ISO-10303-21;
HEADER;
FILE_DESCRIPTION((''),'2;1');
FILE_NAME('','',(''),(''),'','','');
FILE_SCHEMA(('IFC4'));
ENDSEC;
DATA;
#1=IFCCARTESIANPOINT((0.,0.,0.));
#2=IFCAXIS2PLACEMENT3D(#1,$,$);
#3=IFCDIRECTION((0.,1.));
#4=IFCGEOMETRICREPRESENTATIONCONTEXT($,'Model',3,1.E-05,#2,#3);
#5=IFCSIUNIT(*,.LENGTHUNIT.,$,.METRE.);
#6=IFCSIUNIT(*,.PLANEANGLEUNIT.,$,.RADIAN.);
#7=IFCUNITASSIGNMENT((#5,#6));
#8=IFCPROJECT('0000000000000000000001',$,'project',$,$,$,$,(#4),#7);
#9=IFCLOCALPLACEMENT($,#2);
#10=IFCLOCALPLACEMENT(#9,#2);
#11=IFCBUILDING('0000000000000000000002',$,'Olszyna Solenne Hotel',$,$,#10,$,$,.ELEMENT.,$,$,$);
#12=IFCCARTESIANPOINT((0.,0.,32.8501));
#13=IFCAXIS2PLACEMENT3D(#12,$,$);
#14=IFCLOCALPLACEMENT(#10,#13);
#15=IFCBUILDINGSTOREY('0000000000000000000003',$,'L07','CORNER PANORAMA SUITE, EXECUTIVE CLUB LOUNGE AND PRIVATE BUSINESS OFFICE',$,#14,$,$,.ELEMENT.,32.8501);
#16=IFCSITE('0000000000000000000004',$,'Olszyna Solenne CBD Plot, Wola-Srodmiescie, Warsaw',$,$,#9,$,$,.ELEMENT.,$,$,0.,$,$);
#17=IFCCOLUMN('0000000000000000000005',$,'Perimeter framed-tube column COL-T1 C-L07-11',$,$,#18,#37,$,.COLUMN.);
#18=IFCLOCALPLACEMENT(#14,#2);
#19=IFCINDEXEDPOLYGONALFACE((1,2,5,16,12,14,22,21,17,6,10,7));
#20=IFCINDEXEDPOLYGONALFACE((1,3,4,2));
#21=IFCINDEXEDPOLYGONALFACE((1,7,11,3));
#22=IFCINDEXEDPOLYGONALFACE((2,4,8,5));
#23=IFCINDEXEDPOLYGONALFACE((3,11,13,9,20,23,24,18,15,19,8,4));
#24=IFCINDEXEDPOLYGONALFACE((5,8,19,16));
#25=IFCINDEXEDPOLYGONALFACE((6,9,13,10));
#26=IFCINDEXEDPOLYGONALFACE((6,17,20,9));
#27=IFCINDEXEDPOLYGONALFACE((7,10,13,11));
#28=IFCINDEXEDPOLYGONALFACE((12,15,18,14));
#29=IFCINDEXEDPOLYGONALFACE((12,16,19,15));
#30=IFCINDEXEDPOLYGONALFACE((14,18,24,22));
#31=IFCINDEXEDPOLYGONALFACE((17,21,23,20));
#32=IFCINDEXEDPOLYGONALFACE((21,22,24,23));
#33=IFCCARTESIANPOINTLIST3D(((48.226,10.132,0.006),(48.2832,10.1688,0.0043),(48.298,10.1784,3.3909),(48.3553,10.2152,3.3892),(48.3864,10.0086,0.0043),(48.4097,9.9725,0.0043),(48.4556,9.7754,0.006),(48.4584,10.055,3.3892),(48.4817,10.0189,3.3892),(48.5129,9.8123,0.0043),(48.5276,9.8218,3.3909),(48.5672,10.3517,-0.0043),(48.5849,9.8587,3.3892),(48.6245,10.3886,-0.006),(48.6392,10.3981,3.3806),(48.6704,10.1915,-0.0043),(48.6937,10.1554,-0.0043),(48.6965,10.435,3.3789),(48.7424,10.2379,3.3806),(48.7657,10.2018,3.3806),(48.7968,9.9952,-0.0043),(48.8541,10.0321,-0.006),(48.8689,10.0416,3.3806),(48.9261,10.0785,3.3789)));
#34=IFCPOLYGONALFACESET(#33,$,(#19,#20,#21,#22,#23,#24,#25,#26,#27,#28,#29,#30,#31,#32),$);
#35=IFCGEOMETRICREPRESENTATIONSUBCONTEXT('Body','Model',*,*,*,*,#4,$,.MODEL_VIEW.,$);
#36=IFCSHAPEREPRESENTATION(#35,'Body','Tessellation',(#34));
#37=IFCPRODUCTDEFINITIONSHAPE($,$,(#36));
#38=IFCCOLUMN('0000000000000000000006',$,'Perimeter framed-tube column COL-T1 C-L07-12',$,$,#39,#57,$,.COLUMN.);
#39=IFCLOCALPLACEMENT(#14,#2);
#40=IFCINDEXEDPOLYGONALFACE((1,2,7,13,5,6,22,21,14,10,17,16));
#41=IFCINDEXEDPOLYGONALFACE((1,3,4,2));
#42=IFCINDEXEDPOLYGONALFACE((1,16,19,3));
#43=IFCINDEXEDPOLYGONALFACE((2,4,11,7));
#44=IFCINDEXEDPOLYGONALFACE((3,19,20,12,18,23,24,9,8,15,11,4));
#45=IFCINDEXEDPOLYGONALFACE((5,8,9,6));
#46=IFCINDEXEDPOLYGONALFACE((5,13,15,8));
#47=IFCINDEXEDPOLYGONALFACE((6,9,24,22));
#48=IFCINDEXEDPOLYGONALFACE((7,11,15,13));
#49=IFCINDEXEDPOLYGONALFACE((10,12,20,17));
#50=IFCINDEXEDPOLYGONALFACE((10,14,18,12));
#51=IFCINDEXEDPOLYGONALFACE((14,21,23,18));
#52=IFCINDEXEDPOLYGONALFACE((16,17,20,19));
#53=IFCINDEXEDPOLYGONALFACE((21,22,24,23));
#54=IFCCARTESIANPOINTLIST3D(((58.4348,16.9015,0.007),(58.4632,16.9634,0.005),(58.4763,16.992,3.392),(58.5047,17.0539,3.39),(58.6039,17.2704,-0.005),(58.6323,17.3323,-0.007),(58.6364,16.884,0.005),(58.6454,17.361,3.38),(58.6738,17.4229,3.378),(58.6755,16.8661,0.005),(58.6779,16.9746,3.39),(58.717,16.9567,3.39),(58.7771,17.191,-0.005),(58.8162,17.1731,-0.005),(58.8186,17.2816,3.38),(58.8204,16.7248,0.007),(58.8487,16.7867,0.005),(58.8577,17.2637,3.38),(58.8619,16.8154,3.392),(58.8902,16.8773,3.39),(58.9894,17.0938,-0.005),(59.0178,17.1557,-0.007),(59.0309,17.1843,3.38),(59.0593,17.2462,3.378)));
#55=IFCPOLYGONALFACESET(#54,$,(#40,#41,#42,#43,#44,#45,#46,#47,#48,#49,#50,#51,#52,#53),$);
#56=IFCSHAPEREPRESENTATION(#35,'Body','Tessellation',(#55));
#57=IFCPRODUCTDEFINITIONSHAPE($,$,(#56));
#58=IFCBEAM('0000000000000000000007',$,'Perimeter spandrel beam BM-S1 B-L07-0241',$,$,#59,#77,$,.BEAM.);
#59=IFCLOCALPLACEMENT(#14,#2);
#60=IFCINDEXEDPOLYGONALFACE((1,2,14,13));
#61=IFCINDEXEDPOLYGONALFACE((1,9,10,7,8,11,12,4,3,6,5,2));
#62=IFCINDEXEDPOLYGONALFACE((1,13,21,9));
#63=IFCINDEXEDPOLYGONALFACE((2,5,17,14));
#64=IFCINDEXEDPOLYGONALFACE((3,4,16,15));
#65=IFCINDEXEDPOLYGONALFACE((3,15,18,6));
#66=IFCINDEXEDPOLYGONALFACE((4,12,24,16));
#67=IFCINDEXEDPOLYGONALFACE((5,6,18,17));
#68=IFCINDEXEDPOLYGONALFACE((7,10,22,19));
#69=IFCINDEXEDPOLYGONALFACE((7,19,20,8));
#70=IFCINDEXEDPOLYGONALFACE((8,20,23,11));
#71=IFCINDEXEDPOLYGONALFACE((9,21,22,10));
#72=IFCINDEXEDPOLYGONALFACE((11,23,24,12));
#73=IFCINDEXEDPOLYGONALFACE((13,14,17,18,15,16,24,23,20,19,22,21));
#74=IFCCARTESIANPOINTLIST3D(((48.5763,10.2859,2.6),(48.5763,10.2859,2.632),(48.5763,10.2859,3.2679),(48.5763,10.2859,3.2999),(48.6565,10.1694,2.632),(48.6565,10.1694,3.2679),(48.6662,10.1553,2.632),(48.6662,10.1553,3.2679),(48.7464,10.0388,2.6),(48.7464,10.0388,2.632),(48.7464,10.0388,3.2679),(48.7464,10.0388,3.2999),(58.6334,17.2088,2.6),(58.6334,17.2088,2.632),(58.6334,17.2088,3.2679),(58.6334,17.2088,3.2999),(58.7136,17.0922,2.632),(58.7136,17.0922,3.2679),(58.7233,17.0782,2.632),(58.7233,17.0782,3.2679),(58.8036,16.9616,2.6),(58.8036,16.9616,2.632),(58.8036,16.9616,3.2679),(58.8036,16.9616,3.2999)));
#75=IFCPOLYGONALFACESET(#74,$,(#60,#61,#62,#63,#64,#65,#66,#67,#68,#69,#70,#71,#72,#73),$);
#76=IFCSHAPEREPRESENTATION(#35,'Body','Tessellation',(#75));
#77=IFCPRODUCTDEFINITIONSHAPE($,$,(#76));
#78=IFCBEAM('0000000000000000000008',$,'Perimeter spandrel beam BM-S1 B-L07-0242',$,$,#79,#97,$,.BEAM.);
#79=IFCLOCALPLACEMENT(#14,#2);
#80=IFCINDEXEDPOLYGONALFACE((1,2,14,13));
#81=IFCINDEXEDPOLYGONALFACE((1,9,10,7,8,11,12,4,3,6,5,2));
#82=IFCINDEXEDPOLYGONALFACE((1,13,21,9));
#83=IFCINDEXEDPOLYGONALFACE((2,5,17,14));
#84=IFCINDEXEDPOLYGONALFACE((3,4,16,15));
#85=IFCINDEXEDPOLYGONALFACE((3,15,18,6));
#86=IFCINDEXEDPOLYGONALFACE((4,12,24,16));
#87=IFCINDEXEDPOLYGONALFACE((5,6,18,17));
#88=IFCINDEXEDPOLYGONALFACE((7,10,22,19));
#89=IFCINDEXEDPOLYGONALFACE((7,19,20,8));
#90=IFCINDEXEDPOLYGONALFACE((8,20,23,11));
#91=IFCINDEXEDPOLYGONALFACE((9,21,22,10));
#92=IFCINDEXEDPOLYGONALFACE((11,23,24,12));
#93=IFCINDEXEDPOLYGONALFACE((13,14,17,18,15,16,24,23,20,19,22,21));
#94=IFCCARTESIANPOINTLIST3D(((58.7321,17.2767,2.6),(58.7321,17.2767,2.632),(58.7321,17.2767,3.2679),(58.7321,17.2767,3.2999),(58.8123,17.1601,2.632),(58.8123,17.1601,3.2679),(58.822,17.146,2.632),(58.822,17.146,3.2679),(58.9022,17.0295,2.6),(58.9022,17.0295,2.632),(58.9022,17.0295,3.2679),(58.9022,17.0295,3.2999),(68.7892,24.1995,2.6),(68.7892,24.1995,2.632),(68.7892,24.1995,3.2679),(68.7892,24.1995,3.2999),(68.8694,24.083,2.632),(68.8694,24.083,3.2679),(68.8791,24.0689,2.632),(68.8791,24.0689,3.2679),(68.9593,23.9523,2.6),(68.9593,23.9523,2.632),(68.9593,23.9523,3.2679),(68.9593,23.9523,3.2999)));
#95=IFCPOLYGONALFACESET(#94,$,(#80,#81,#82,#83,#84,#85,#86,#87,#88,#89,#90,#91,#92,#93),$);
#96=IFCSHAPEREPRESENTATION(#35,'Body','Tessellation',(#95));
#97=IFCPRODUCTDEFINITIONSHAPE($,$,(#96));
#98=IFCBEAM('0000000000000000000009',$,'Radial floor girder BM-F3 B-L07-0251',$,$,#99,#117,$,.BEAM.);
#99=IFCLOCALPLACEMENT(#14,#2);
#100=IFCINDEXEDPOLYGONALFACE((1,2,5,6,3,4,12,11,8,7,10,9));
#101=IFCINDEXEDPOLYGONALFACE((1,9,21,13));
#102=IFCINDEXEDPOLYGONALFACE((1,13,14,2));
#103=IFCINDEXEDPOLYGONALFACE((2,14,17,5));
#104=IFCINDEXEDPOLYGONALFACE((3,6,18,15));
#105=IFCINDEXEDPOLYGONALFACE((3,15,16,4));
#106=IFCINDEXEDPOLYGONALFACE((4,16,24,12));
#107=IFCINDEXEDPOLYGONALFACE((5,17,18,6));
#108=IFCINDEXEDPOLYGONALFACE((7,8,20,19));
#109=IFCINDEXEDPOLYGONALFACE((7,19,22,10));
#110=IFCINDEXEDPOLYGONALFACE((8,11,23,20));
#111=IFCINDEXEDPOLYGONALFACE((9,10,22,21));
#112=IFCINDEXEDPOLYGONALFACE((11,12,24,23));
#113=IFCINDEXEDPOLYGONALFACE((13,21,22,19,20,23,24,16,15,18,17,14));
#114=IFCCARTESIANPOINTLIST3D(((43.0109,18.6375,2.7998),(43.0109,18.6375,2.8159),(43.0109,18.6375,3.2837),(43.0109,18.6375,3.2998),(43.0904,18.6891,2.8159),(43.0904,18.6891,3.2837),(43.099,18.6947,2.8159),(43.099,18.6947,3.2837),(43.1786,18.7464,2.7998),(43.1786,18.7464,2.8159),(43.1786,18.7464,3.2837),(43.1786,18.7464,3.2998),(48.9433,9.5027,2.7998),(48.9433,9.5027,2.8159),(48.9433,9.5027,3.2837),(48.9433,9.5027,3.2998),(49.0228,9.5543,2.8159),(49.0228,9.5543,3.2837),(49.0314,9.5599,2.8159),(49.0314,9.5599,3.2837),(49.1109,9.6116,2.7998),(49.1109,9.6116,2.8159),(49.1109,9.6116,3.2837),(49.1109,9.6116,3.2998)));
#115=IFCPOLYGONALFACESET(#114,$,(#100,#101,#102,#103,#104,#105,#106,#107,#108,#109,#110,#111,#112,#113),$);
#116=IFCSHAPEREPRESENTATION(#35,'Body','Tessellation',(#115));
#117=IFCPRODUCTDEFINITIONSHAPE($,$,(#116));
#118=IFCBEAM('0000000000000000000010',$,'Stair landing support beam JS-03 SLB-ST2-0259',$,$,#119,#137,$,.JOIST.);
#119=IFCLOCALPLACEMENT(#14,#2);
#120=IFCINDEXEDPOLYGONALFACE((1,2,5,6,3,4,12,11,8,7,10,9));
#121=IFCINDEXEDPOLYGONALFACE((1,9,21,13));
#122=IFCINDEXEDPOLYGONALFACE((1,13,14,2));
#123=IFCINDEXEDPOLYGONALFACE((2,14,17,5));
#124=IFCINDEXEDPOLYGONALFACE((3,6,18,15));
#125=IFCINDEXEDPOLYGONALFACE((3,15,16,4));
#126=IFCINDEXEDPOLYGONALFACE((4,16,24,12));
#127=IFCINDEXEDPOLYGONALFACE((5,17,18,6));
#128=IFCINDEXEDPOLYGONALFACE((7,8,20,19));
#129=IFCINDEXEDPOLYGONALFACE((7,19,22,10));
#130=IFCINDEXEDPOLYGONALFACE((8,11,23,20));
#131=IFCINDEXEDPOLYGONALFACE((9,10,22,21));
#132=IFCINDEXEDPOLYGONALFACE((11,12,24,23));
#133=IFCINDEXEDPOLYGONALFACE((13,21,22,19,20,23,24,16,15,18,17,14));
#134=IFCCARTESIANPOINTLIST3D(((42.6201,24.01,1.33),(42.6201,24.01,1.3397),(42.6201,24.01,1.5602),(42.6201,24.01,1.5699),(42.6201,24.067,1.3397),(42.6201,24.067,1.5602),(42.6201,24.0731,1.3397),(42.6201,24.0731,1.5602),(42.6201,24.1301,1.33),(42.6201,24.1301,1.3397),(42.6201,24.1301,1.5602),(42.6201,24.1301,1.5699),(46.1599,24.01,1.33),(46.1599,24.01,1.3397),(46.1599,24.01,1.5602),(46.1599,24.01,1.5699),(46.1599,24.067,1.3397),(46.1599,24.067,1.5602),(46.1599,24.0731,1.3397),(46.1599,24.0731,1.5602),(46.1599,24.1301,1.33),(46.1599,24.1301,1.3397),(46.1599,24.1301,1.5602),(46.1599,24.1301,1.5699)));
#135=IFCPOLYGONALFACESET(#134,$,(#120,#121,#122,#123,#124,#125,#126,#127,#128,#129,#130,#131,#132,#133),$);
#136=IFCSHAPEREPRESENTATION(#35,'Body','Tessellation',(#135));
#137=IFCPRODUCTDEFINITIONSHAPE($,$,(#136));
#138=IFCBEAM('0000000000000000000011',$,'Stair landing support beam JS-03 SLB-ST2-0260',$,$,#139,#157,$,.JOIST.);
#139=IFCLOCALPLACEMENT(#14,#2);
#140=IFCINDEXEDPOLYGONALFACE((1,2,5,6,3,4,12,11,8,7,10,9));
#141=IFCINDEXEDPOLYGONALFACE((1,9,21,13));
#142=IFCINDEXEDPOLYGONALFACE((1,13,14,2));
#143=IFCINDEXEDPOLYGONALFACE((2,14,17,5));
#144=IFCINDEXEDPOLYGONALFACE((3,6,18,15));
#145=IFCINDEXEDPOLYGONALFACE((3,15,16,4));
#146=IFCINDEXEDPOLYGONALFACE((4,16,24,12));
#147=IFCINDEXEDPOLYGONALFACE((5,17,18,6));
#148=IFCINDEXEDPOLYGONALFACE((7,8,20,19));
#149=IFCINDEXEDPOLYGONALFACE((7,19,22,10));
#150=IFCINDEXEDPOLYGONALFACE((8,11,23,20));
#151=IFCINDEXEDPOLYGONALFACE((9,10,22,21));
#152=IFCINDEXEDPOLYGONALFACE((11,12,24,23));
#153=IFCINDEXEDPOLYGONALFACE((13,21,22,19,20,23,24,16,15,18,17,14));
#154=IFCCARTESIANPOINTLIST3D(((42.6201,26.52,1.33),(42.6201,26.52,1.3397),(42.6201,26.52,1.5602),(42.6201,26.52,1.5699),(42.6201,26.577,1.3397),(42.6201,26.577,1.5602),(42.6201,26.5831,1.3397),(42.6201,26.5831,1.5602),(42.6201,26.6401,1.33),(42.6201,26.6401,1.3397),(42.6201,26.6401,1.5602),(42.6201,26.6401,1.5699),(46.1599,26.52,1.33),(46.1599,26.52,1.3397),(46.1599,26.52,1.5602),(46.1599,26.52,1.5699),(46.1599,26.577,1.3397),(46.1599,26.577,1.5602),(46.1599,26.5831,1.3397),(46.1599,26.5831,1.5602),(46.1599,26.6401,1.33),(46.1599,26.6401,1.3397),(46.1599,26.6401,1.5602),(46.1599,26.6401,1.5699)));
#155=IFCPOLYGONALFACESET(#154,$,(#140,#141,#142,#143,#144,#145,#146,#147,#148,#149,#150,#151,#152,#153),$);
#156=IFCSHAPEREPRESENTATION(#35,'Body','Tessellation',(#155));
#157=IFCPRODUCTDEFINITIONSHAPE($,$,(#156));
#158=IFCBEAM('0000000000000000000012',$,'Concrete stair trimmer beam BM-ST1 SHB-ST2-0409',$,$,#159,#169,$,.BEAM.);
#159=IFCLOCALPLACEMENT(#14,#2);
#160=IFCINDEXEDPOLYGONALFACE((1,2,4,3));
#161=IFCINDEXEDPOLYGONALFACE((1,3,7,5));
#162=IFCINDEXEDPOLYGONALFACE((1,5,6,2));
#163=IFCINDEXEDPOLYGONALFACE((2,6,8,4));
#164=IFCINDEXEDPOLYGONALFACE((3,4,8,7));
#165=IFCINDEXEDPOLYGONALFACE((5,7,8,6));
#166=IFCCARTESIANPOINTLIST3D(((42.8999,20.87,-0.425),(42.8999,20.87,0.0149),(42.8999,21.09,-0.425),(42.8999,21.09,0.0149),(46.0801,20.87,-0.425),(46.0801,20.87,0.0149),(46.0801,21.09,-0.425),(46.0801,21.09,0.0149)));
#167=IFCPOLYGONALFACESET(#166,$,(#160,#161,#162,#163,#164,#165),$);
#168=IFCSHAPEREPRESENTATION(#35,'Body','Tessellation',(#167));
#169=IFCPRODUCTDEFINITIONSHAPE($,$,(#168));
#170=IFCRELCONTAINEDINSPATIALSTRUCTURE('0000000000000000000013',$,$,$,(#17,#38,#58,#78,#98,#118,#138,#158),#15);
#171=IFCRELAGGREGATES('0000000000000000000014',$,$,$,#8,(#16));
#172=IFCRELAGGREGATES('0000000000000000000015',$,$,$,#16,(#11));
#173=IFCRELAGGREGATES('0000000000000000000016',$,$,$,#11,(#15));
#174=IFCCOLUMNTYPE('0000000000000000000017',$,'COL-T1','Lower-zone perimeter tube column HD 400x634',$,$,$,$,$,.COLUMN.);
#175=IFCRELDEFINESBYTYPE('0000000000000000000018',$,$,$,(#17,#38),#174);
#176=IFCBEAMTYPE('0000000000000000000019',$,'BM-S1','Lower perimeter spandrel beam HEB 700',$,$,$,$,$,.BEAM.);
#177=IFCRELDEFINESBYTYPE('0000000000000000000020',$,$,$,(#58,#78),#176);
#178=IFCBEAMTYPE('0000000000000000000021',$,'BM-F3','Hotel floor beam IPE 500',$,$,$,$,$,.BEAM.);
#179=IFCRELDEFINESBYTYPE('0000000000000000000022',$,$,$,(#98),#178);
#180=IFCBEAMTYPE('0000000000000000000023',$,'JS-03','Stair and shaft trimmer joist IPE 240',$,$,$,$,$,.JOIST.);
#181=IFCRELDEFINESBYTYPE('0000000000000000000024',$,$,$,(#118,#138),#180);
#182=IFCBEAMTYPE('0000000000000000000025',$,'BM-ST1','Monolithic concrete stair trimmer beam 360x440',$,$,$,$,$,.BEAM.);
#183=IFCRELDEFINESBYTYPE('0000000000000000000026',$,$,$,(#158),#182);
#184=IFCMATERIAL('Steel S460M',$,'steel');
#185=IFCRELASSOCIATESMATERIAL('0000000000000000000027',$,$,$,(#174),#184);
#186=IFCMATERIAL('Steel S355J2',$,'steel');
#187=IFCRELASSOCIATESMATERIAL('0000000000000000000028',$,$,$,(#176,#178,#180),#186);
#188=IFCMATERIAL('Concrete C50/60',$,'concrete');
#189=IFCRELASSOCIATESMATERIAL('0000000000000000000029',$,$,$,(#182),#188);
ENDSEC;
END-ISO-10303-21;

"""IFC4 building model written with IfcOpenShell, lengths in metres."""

from ifc_helpers import new_model, si_unit, direction, frame, origin, origin_2d, place, context, subcontext, project, spatial, rectangle, i_section, extrude, source, transform, mapped, material, material_profile, profile_set, type_object, element, save


model = new_model("IFC4")

# Units and contexts
model_context = context("Model", 3, precision=1e-05, world=origin(), true_north=direction((0.0, 1.0)))
body_context = subcontext(model_context, "Body", "Model", "MODEL_VIEW")
ifc_project = project(units=[si_unit("LENGTHUNIT", "METRE"), si_unit("PLANEANGLEUNIT", "RADIAN")], contexts=[model_context])

# Site, building, storey
site_placement = place(None, origin())
site = spatial("IfcSite", under=ifc_project, at=site_placement, Name="Olszyna Solenne CBD Plot, Wola-Srodmiescie, Warsaw", CompositionType="ELEMENT", RefElevation=0.0)
building_placement = place(site_placement, origin())
building = spatial("IfcBuilding", under=site, at=building_placement, Name="Olszyna Solenne Hotel", CompositionType="ELEMENT")
storey_placement = place(building_placement, frame((0.0, 0.0, 32.8501)))
storey = spatial("IfcBuildingStorey", under=building, at=storey_placement, Name="L07", Description="CORNER PANORAMA SUITE, EXECUTIVE CLUB LOUNGE AND PRIVATE BUSINESS OFFICE", CompositionType="ELEMENT", Elevation=32.8501)

# Columns
ifc_material_1 = material(Name="Steel S460M", Category="steel")
ifc_material_profile_1 = material_profile(ifc_material_1, i_section(OverallWidth=0.4241, OverallDepth=0.4741, WebThickness=0.043, FlangeThickness=0.0681, at=origin_2d()), Name="HD 400x634", Category="load-bearing")
ifc_profile_set_1 = profile_set([ifc_material_profile_1], Name="Steel S460M")
column_type = type_object("IfcColumnType", Name="COL-T1", Description="Lower-zone perimeter tube column HD 400x634", PredefinedType="COLUMN", material=ifc_profile_set_1)
shared_shape_1 = source(origin(), body_context, "Body", "SweptSolid", [
    extrude(i_section(OverallWidth=0.4241, OverallDepth=0.4741, WebThickness=0.043, FlangeThickness=0.0681, at=origin_2d()), origin(), (0.0, 0.0, 1.0), 3.386),
])
column_1_placement = place(storey_placement, frame((48.54, 10.082, 0.0), z_axis=(0.02127, 0.013699, 0.99968), x_axis=(-0.541478, 0.840715, 0.0)))
element("IfcColumn", 1, at=column_1_placement, inside=storey, type_object=column_type, Name="Perimeter framed-tube column COL-T1 C-L07-11", PredefinedType="COLUMN", context=body_context, shape_type="MappedRepresentation", body=[
    mapped(shared_shape_1, transform((0.0, 0.0, 0.0), x_axis=(1.0, 0.0, 0.0), y_axis=(0.0, 1.0, 0.0), z_axis=(0.0, 0.0, 1.0), scale=1.0)),
])
shared_shape_2 = source(origin(), body_context, "Body", "SweptSolid", [
    extrude(i_section(OverallWidth=0.4241, OverallDepth=0.4741, WebThickness=0.043, FlangeThickness=0.0681, at=origin_2d()), origin(), (0.0, 0.0, 1.0), 3.3865),
])
column_2_placement = place(storey_placement, frame((58.7263, 17.0286, 0.0), z_axis=(0.012256, 0.026746, 0.999567), x_axis=(-0.909103, 0.41657, 0.0)))
element("IfcColumn", 2, at=column_2_placement, inside=storey, type_object=column_type, Name="Perimeter framed-tube column COL-T1 C-L07-12", PredefinedType="COLUMN", context=body_context, shape_type="MappedRepresentation", body=[
    mapped(shared_shape_2, transform((0.0, 0.0, 0.0), x_axis=(1.0, 0.0, 0.0), y_axis=(0.0, 1.0, 0.0), z_axis=(0.0, 0.0, 1.0), scale=1.0)),
])

# Beams
ifc_material_2 = material(Name="Steel S355J2", Category="steel")
ifc_material_profile_2 = material_profile(ifc_material_2, i_section(OverallWidth=0.3, OverallDepth=0.7, WebThickness=0.0171, FlangeThickness=0.032, at=origin_2d()), Name="HEB 700", Category="load-bearing")
ifc_profile_set_2 = profile_set([ifc_material_profile_2], Name="Steel S355J2")
beam_type_1 = type_object("IfcBeamType", Name="BM-S1", Description="Lower perimeter spandrel beam HEB 700", PredefinedType="BEAM", material=ifc_profile_set_2)
shared_shape_3 = source(origin(), body_context, "Body", "SweptSolid", [
    extrude(i_section(OverallWidth=0.3, OverallDepth=0.7, WebThickness=0.0171, FlangeThickness=0.032, at=origin_2d()), origin(), (0.0, 0.0, 1.0), 12.2095),
])
for number, where, z_axis, x_axis, name in (
    (3, (48.6614, 10.1624, 2.95), (0.823714, 0.567006, 0.0), (-0.567006, 0.823714, 0.0), "Perimeter spandrel beam BM-S1 B-L07-0241"),
    (4, (58.8171, 17.1531, 2.95), (0.823714, 0.567006, 0.0), (-0.567006, 0.823714, 0.0), "Perimeter spandrel beam BM-S1 B-L07-0242"),
):
    element("IfcBeam", number, at=place(storey_placement, frame(where, z_axis=z_axis, x_axis=x_axis)), inside=storey, type_object=beam_type_1, Name=name, PredefinedType="BEAM", context=body_context, shape_type="MappedRepresentation", body=[
        mapped(shared_shape_3, transform((0.0, 0.0, 0.0), x_axis=(1.0, 0.0, 0.0), y_axis=(0.0, 1.0, 0.0), z_axis=(0.0, 0.0, 1.0), scale=1.0)),
    ])
ifc_material_profile_3 = material_profile(ifc_material_2, i_section(OverallWidth=0.2, OverallDepth=0.5, WebThickness=0.0103, FlangeThickness=0.0161, at=origin_2d()), Name="IPE 500", Category="load-bearing")
ifc_profile_set_3 = profile_set([ifc_material_profile_3], Name="Steel S355J2")
beam_type_2 = type_object("IfcBeamType", Name="BM-F3", Description="Hotel floor beam IPE 500", PredefinedType="BEAM", material=ifc_profile_set_3)
shared_shape_4 = source(origin(), body_context, "Body", "SweptSolid", [
    extrude(i_section(OverallWidth=0.2, OverallDepth=0.5, WebThickness=0.0103, FlangeThickness=0.0161, at=origin_2d()), origin(), (0.0, 0.0, 1.0), 10.8921),
])
beam_1_placement = place(storey_placement, frame((49.0271, 9.5571, 3.0498), z_axis=(-0.544651, 0.838663, 0.0), x_axis=(-0.838663, -0.544651, 0.0)))
element("IfcBeam", 5, at=beam_1_placement, inside=storey, type_object=beam_type_2, Name="Radial floor girder BM-F3 B-L07-0251", PredefinedType="BEAM", context=body_context, shape_type="MappedRepresentation", body=[
    mapped(shared_shape_4, transform((0.0, 0.0, 0.0), x_axis=(1.0, 0.0, 0.0), y_axis=(0.0, 1.0, 0.0), z_axis=(0.0, 0.0, 1.0), scale=1.0)),
])
ifc_material_profile_4 = material_profile(ifc_material_2, i_section(OverallWidth=0.1201, OverallDepth=0.24, WebThickness=0.0061, FlangeThickness=0.0098, at=origin_2d()), Name="IPE 240", Category="load-bearing")
ifc_profile_set_4 = profile_set([ifc_material_profile_4], Name="Steel S355J2")
beam_type_3 = type_object("IfcBeamType", Name="JS-03", Description="Stair and shaft trimmer joist IPE 240", PredefinedType="JOIST", material=ifc_profile_set_4)
shared_shape_5 = source(origin(), body_context, "Body", "SweptSolid", [
    extrude(i_section(OverallWidth=0.1201, OverallDepth=0.24, WebThickness=0.0061, FlangeThickness=0.0098, at=origin_2d()), origin(), (0.0, 0.0, 1.0), 3.5398),
])
for number, where, z_axis, x_axis, name in (
    (6, (46.1599, 24.0701, 1.45), (-1.0, 0.0, 0.0), (0.0, -1.0, 0.0), "Stair landing support beam JS-03 SLB-ST2-0259"),
    (7, (46.1599, 26.5801, 1.45), (-1.0, 0.0, 0.0), (0.0, -1.0, 0.0), "Stair landing support beam JS-03 SLB-ST2-0260"),
):
    element("IfcBeam", number, at=place(storey_placement, frame(where, z_axis=z_axis, x_axis=x_axis)), inside=storey, type_object=beam_type_3, Name=name, PredefinedType="JOIST", context=body_context, shape_type="MappedRepresentation", body=[
        mapped(shared_shape_5, transform((0.0, 0.0, 0.0), x_axis=(1.0, 0.0, 0.0), y_axis=(0.0, 1.0, 0.0), z_axis=(0.0, 0.0, 1.0), scale=1.0)),
    ])
ifc_material_3 = material(Name="Concrete C50/60", Category="concrete")
ifc_material_profile_5 = material_profile(ifc_material_3, rectangle(XDim=0.22, YDim=0.4399, at=origin_2d()), Name="RC 220x440", Category="load-bearing")
ifc_profile_set_5 = profile_set([ifc_material_profile_5], Name="Concrete C50/60")
beam_type_4 = type_object("IfcBeamType", Name="BM-ST1", Description="Monolithic concrete stair trimmer beam 360x440", PredefinedType="BEAM", material=ifc_profile_set_5)
shared_shape_6 = source(origin(), body_context, "Body", "SweptSolid", [
    extrude(rectangle(XDim=0.22, YDim=0.4399, at=origin_2d()), origin(), (0.0, 0.0, 1.0), 3.1802),
])
beam_2_placement = place(storey_placement, frame((46.0801, 20.98, -0.2051), z_axis=(-1.0, 0.0, 0.0), x_axis=(0.0, -1.0, 0.0)))
element("IfcBeam", 8, at=beam_2_placement, inside=storey, type_object=beam_type_4, Name="Concrete stair trimmer beam BM-ST1 SHB-ST2-0409", PredefinedType="BEAM", context=body_context, shape_type="MappedRepresentation", body=[
    mapped(shared_shape_6, transform((0.0, 0.0, 0.0), x_axis=(1.0, 0.0, 0.0), y_axis=(0.0, 1.0, 0.0), z_axis=(0.0, 0.0, 1.0), scale=1.0)),
])

save(model, "model.ifc")
